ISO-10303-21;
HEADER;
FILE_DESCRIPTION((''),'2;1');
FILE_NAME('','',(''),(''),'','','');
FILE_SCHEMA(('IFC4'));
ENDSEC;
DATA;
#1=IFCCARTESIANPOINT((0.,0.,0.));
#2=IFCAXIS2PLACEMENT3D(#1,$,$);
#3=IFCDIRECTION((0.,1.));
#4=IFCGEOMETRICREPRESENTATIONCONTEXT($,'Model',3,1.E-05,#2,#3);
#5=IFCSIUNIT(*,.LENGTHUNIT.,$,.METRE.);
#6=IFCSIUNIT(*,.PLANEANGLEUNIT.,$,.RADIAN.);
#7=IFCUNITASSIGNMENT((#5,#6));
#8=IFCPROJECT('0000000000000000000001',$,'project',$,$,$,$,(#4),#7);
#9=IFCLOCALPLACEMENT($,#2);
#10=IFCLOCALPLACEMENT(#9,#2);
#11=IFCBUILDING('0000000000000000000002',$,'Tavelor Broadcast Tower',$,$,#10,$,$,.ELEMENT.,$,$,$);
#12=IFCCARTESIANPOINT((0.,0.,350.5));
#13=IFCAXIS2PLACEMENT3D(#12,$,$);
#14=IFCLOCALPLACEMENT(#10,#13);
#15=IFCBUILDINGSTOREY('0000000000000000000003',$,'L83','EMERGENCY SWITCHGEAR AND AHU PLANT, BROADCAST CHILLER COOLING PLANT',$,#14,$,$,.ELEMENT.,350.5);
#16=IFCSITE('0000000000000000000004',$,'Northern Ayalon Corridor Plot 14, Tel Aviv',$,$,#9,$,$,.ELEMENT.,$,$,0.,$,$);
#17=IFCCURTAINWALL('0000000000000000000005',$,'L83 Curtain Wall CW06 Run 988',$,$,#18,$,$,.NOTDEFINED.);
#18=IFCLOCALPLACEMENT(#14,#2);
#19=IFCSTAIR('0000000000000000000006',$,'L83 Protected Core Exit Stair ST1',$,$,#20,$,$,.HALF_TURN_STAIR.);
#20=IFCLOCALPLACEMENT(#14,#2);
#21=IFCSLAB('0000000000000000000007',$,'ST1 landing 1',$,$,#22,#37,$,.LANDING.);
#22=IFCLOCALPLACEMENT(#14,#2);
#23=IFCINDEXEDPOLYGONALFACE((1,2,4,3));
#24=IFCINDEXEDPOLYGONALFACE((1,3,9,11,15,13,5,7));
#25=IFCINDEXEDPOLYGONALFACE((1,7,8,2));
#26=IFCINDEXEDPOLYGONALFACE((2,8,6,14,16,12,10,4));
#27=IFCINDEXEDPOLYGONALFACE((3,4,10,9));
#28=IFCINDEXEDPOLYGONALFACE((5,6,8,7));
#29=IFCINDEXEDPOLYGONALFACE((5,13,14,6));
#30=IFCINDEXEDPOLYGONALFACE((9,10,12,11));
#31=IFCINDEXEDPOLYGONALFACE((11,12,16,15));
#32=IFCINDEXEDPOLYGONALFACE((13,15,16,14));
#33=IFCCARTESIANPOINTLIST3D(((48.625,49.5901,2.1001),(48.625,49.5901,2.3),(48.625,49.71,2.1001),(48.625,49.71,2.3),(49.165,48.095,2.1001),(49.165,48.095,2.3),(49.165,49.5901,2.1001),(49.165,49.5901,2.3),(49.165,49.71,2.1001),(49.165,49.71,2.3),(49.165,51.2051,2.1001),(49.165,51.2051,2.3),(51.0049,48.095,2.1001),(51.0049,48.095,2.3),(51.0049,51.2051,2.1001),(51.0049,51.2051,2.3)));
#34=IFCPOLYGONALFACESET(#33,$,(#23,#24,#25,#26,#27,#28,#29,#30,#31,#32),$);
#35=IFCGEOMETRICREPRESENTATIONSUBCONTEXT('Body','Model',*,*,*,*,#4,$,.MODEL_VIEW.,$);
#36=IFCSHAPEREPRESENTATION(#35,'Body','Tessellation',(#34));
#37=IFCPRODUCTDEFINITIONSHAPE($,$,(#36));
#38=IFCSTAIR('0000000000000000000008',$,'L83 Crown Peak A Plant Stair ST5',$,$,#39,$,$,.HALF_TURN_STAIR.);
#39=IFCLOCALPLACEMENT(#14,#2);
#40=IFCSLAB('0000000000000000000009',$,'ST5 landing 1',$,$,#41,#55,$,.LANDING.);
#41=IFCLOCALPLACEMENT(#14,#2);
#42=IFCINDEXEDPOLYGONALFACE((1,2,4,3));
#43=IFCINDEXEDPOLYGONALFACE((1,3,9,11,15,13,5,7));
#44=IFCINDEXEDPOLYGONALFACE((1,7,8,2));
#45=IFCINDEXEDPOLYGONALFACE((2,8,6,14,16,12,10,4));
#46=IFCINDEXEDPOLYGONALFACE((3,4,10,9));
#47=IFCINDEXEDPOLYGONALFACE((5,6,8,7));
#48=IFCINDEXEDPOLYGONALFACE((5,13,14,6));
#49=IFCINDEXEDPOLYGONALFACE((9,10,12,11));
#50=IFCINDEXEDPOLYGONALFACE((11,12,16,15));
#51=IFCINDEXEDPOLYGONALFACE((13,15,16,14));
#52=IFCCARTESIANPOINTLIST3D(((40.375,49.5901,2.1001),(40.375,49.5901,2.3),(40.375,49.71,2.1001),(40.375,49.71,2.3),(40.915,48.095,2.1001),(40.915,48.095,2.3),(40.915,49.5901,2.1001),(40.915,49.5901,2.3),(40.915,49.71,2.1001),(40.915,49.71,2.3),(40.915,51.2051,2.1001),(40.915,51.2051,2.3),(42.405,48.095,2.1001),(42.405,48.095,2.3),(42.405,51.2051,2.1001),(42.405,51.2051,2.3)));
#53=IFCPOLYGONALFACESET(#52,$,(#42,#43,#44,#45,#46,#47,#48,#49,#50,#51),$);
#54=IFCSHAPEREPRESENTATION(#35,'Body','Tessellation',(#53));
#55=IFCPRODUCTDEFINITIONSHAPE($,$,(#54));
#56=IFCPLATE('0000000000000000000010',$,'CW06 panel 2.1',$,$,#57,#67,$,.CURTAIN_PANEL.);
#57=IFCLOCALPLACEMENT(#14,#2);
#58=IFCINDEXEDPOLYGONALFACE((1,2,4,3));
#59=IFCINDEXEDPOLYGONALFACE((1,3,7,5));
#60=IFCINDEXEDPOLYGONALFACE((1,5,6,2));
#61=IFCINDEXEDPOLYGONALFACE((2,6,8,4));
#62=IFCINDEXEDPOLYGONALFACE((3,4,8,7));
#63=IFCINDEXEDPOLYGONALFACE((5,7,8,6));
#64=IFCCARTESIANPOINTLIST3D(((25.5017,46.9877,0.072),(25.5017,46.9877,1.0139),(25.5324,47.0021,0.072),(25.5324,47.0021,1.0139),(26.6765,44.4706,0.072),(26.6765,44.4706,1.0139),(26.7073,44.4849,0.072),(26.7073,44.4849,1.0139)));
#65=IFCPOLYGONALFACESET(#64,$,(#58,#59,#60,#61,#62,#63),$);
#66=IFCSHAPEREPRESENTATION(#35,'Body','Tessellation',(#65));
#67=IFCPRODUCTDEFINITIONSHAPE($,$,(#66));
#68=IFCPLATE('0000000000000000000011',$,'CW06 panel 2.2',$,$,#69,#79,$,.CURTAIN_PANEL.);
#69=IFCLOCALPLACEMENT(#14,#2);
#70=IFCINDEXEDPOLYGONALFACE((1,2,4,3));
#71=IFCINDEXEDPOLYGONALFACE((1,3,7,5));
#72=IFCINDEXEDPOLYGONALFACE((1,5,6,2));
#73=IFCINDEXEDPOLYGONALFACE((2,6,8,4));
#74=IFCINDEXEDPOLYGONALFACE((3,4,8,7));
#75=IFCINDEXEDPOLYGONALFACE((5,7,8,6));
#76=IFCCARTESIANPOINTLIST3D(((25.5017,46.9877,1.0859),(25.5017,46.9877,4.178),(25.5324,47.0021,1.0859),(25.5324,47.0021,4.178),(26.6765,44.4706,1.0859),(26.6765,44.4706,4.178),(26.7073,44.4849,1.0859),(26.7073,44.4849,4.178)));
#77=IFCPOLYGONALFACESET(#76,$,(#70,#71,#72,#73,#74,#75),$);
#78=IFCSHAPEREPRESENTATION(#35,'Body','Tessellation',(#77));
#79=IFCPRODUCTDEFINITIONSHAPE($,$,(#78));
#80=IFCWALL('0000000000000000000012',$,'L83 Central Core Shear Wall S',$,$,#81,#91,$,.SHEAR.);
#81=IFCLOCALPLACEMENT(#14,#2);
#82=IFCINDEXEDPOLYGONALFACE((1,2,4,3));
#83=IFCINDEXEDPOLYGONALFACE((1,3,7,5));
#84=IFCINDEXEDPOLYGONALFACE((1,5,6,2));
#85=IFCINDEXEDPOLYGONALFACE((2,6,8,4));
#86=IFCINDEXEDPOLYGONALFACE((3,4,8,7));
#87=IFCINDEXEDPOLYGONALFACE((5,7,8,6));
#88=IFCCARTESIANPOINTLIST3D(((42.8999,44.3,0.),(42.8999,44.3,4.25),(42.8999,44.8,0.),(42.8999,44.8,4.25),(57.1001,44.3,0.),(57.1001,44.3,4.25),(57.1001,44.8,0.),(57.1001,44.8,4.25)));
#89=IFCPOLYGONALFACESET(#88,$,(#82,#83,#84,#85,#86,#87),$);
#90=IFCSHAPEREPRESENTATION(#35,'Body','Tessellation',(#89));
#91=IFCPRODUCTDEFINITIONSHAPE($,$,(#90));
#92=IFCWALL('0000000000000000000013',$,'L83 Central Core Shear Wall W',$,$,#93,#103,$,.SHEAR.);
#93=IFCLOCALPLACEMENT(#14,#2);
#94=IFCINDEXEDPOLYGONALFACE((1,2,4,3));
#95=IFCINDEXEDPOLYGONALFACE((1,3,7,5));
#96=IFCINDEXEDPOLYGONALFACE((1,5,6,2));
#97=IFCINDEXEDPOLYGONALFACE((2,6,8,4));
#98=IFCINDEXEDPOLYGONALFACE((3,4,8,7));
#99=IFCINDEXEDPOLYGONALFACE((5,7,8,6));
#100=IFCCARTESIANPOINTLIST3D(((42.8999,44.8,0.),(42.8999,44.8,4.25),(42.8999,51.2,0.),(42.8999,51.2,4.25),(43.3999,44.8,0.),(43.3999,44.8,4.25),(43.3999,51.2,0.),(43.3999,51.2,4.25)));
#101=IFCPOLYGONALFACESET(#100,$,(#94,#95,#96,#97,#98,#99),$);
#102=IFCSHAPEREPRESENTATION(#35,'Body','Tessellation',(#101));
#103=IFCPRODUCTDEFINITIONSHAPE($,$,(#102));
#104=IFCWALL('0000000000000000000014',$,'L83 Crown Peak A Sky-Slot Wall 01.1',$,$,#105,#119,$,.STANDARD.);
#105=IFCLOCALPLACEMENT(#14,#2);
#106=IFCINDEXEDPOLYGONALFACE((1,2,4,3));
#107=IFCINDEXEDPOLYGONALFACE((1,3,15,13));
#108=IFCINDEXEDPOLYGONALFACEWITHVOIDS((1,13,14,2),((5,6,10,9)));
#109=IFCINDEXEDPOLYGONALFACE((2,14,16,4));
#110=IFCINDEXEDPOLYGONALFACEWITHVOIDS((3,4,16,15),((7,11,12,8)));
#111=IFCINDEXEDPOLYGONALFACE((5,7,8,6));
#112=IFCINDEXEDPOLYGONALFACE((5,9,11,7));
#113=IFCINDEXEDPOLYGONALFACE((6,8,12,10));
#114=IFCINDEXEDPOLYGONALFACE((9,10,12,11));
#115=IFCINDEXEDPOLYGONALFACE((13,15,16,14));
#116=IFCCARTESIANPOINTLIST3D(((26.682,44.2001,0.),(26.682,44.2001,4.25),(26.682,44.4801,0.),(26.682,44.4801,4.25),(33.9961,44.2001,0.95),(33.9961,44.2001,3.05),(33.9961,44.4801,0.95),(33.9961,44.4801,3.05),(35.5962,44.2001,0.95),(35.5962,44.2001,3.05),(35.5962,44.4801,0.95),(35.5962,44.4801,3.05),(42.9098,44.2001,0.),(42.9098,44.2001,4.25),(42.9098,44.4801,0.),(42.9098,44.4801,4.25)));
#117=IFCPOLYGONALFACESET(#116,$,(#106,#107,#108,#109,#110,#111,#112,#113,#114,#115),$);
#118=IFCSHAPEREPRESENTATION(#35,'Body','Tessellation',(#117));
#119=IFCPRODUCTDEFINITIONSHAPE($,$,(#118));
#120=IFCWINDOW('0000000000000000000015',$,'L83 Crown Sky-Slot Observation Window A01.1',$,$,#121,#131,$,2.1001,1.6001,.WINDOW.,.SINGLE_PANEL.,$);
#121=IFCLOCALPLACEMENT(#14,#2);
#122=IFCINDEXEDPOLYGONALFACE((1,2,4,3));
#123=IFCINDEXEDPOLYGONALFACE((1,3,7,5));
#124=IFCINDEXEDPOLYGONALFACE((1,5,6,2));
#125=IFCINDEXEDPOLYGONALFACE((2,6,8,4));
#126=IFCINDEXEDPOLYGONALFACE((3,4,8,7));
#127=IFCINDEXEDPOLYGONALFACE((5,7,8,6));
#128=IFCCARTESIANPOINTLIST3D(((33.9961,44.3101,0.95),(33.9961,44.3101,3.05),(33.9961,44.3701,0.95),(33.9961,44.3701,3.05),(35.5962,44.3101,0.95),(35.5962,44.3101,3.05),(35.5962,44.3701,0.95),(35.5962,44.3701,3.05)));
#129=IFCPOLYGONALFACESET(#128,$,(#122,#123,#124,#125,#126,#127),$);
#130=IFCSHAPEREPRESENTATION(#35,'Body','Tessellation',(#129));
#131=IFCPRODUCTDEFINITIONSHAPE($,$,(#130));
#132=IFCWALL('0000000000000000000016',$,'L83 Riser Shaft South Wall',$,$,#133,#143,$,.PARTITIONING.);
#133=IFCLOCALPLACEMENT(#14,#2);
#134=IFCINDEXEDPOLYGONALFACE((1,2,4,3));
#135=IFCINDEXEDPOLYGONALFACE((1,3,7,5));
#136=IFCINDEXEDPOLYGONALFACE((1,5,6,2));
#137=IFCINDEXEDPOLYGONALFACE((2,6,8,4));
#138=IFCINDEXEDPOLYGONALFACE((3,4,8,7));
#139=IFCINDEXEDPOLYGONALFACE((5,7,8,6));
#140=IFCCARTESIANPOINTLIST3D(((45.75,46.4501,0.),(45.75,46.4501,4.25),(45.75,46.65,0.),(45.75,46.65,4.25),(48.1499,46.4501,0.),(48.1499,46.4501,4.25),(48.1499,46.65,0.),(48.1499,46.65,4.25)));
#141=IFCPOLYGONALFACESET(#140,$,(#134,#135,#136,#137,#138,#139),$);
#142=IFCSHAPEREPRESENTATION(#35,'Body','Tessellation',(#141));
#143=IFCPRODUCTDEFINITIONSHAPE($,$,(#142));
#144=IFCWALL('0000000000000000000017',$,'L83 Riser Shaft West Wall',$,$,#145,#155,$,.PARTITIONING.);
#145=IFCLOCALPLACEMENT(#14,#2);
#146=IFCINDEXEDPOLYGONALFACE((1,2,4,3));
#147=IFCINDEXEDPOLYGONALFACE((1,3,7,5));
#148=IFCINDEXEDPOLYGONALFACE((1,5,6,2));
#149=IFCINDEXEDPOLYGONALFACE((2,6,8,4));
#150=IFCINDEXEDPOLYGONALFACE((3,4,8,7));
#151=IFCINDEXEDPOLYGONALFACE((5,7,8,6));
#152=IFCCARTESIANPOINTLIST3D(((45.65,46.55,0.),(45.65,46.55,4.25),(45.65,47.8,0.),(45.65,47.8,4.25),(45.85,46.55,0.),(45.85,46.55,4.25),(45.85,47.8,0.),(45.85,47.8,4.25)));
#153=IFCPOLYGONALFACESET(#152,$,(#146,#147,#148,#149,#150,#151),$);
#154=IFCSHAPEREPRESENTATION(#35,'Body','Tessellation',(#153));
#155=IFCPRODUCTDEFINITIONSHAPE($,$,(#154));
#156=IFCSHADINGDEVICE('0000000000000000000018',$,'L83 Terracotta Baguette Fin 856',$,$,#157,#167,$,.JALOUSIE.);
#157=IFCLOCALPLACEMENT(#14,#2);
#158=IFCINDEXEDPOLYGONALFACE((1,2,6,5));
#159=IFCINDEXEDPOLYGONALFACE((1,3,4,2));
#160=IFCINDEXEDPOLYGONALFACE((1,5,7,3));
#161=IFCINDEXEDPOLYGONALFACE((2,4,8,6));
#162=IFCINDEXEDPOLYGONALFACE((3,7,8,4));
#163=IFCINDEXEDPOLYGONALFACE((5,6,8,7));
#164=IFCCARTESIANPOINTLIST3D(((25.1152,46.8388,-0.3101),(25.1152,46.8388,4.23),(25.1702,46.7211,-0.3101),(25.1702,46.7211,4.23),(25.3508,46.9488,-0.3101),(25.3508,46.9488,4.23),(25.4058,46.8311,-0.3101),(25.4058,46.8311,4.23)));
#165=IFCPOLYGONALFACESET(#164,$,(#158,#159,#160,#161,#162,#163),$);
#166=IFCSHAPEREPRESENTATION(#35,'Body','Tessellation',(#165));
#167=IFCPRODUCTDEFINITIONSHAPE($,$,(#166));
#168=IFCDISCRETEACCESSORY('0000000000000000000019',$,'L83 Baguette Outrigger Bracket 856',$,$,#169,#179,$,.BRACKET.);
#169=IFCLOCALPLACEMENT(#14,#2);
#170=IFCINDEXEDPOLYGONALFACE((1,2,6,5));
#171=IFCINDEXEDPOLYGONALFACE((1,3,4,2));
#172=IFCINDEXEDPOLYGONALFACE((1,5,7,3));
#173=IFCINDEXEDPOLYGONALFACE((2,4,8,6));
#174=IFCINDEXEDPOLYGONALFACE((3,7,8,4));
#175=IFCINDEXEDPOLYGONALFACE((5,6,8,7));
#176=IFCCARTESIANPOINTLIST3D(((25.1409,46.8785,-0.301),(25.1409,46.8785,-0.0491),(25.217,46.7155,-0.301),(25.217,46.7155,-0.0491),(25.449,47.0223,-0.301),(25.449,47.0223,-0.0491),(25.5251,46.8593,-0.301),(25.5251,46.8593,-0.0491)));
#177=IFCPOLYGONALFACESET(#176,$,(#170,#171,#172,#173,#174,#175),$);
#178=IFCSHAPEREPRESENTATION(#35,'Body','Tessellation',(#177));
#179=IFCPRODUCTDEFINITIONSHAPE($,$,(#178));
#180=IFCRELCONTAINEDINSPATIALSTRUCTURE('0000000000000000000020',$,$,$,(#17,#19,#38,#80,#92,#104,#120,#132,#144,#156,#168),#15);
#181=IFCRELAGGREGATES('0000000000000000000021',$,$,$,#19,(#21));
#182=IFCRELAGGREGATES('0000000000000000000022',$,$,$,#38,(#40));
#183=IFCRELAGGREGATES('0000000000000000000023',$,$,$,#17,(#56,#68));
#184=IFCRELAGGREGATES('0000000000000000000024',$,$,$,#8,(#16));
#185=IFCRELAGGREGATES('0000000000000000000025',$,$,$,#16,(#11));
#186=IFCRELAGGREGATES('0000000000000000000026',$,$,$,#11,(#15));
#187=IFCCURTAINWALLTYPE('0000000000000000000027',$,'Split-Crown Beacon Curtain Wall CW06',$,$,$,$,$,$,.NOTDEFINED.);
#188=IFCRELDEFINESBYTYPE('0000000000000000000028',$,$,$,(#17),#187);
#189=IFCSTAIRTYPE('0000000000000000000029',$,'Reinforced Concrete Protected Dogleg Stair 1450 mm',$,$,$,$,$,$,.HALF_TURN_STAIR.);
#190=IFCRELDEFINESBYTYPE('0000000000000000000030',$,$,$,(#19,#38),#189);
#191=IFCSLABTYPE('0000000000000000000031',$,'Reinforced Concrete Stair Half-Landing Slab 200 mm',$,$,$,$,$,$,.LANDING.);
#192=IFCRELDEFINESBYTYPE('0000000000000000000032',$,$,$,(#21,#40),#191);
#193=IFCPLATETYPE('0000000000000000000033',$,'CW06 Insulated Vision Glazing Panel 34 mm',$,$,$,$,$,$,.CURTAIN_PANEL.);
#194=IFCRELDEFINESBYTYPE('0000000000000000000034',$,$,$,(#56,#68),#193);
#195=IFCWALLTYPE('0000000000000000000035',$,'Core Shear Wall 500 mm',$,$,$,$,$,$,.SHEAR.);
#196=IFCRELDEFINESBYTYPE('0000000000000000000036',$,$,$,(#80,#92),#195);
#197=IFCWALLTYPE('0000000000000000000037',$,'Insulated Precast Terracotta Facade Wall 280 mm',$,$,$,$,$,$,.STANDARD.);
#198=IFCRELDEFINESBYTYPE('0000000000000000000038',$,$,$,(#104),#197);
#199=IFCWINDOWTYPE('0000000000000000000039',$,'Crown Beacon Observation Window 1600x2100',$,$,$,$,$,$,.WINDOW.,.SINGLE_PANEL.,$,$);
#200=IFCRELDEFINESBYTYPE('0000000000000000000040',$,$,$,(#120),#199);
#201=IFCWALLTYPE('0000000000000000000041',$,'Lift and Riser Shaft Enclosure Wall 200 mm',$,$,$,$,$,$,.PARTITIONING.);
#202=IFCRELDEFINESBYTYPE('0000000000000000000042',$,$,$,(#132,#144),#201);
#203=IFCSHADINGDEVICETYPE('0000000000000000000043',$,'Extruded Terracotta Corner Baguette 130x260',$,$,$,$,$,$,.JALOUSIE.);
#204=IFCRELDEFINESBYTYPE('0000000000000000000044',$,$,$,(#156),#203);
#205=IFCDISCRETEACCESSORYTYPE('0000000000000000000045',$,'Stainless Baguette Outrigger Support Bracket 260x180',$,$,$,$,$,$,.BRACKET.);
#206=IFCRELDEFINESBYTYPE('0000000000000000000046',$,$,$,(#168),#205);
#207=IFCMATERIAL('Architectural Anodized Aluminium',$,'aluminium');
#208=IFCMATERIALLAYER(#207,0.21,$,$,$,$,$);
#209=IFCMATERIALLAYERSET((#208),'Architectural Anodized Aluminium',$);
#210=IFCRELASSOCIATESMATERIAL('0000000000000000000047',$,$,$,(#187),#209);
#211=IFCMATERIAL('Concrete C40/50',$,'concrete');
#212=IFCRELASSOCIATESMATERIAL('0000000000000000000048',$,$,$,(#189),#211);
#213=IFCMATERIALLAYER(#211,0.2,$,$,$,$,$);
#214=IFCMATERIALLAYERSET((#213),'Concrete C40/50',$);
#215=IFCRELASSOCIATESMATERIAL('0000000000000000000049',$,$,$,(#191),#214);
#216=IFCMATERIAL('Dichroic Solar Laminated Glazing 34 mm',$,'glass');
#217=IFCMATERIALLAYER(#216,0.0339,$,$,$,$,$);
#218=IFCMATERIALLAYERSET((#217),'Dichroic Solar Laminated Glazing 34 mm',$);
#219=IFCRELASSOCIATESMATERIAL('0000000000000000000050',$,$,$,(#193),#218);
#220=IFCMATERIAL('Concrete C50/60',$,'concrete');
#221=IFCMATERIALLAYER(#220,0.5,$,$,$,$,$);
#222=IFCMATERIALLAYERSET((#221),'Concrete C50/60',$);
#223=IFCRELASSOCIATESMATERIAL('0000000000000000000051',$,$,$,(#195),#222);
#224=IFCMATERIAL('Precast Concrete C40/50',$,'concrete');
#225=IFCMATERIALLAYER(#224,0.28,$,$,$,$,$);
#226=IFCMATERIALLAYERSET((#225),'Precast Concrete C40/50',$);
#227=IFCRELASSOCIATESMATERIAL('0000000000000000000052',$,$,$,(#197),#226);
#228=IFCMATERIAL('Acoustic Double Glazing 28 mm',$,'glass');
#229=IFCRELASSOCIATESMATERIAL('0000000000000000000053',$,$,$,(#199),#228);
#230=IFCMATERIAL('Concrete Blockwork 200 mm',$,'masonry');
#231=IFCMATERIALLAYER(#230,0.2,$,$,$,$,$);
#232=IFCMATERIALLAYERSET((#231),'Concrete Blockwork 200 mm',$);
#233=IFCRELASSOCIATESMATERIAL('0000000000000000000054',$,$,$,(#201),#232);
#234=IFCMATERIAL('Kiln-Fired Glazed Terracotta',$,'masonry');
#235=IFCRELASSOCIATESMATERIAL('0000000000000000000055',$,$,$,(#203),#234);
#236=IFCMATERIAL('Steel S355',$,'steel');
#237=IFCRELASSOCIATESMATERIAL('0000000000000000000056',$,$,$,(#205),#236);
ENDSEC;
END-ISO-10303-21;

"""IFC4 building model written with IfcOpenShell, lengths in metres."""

from ifc_helpers import new_model, si_unit, direction, frame, frame_2d, origin, origin_2d, place, context, subcontext, project, spatial, polyline, rectangle, outline, extrude, source, transform, mapped, material, layer, layer_set, type_object, type_shapes, element, fill, aggregate, save


model = new_model("IFC4")

# Units and contexts
model_context = context("Model", 3, precision=1e-05, world=origin(), true_north=direction((0.0, 1.0)))
body_context = subcontext(model_context, "Body", "Model", "MODEL_VIEW")
ifc_project = project(units=[si_unit("LENGTHUNIT", "METRE"), si_unit("PLANEANGLEUNIT", "RADIAN")], contexts=[model_context])

# Site, building, storey
site_placement = place(None, origin())
site = spatial("IfcSite", under=ifc_project, at=site_placement, Name="Northern Ayalon Corridor Plot 14, Tel Aviv", CompositionType="ELEMENT", RefElevation=0.0)
building_placement = place(site_placement, origin())
building = spatial("IfcBuilding", under=site, at=building_placement, Name="Tavelor Broadcast Tower", CompositionType="ELEMENT")
storey_placement = place(building_placement, frame((0.0, 0.0, 350.5)))
storey = spatial("IfcBuildingStorey", under=building, at=storey_placement, Name="L83", Description="EMERGENCY SWITCHGEAR AND AHU PLANT, BROADCAST CHILLER COOLING PLANT", CompositionType="ELEMENT", Elevation=350.5)

# Shared definitions
ifc_material_1 = material(Name="Concrete C50/60", Category="concrete")

# Shared definitions
ifc_material_2 = material(Name="Concrete C40/50", Category="concrete")

# Curtain wall
ifc_material_3 = material(Name="Architectural Anodized Aluminium", Category="aluminium")
ifc_layer_1 = layer(ifc_material_3, 0.21)
ifc_layer_set_1 = layer_set([ifc_layer_1], Name="Architectural Anodized Aluminium")
curtain_wall_type = type_object("IfcCurtainWallType", Name="Split-Crown Beacon Curtain Wall CW06", PredefinedType="NOTDEFINED", material=ifc_layer_set_1)
curtain_wall_placement = place(storey_placement, origin())
curtain_wall = element("IfcCurtainWall", 1, at=curtain_wall_placement, inside=storey, type_object=curtain_wall_type, Name="L83 Curtain Wall CW06 Run 988", PredefinedType="NOTDEFINED")

# Stairs, slabs
stair_type = type_object("IfcStairType", Name="Reinforced Concrete Protected Dogleg Stair 1450 mm", PredefinedType="HALF_TURN_STAIR", material=ifc_material_2)
stair_1_placement = place(storey_placement, origin())
stair_1 = element("IfcStair", 2, at=stair_1_placement, inside=storey, type_object=stair_type, Name="L83 Protected Core Exit Stair ST1", PredefinedType="HALF_TURN_STAIR")
ifc_layer_2 = layer(ifc_material_2, 0.2)
ifc_layer_set_2 = layer_set([ifc_layer_2], Name="Concrete C40/50")
slab_type_1 = type_object("IfcSlabType", Name="Reinforced Concrete Stair Half-Landing Slab 200 mm", PredefinedType="LANDING", material=ifc_layer_set_2)
slab_1_placement = place(storey_placement, frame((0.0, 0.0, 2.1001)))
slab_1 = element("IfcSlab", 3, at=slab_1_placement, type_object=slab_type_1, Name="ST1 landing 1", PredefinedType="LANDING", context=body_context, shape_type="SweptSolid", body=[
    extrude(outline(polyline([(49.165, 49.5901), (49.165, 48.095), (51.0049, 48.095), (51.0049, 51.2051), (49.165, 51.2051), (49.165, 49.71), (48.625, 49.71), (48.625, 49.5901), (49.165, 49.5901)])), origin(), (0.0, 0.0, 1.0), 0.2),
])
aggregate(stair_1, [slab_1])
stair_2_placement = place(storey_placement, origin())
stair_2 = element("IfcStair", 4, at=stair_2_placement, inside=storey, type_object=stair_type, Name="L83 Crown Peak A Plant Stair ST5", PredefinedType="HALF_TURN_STAIR")
slab_2_placement = place(storey_placement, frame((0.0, 0.0, 2.1001)))
slab_2 = element("IfcSlab", 5, at=slab_2_placement, type_object=slab_type_1, Name="ST5 landing 1", PredefinedType="LANDING", context=body_context, shape_type="SweptSolid", body=[
    extrude(outline(polyline([(40.915, 49.5901), (40.915, 48.095), (42.405, 48.095), (42.405, 51.2051), (40.915, 51.2051), (40.915, 49.71), (40.375, 49.71), (40.375, 49.5901), (40.915, 49.5901)])), origin(), (0.0, 0.0, 1.0), 0.2),
])
aggregate(stair_2, [slab_2])

# Plates
ifc_material_4 = material(Name="Dichroic Solar Laminated Glazing 34 mm", Category="glass")
ifc_layer_3 = layer(ifc_material_4, 0.0339)
ifc_layer_set_3 = layer_set([ifc_layer_3], Name="Dichroic Solar Laminated Glazing 34 mm")
plate_type = type_object("IfcPlateType", Name="CW06 Insulated Vision Glazing Panel 34 mm", PredefinedType="CURTAIN_PANEL", material=ifc_layer_set_3)
shared_shape_1 = source(origin(), body_context, "Body", "SweptSolid", [
    extrude(rectangle(XDim=2.7778, YDim=0.0339, at=origin_2d()), origin(), (0.0, 0.0, 1.0), 0.9419),
])
plate_1_placement = place(storey_placement, frame((26.1045, 45.7363, 0.072), z_axis=(0.0, 0.0, 1.0), x_axis=(0.422934, -0.906161, 0.0)))
plate_1 = element("IfcPlate", 6, at=plate_1_placement, type_object=plate_type, Name="CW06 panel 2.1", PredefinedType="CURTAIN_PANEL", context=body_context, shape_type="MappedRepresentation", body=[
    mapped(shared_shape_1, transform((0.0, 0.0, 0.0), scale=1.0)),
])
shared_shape_2 = source(origin(), body_context, "Body", "SweptSolid", [
    extrude(rectangle(XDim=2.7778, YDim=0.0339, at=origin_2d()), origin(), (0.0, 0.0, 1.0), 3.092),
])
type_shapes(plate_type, [shared_shape_1, shared_shape_2])
plate_2_placement = place(storey_placement, frame((26.1045, 45.7363, 1.0859), z_axis=(0.0, 0.0, 1.0), x_axis=(0.422934, -0.906161, 0.0)))
plate_2 = element("IfcPlate", 7, at=plate_2_placement, type_object=plate_type, Name="CW06 panel 2.2", PredefinedType="CURTAIN_PANEL", context=body_context, shape_type="MappedRepresentation", body=[
    mapped(shared_shape_2, transform((0.0, 0.0, 0.0), scale=1.0)),
])
aggregate(curtain_wall, [plate_1, plate_2])

# Walls
ifc_layer_4 = layer(ifc_material_1, 0.5)
ifc_layer_set_4 = layer_set([ifc_layer_4], Name="Concrete C50/60")
wall_type_1 = type_object("IfcWallType", Name="Core Shear Wall 500 mm", PredefinedType="SHEAR", material=ifc_layer_set_4)
wall_1_placement = place(storey_placement, frame((42.8999, 44.55, 0.0), z_axis=(0.0, 0.0, 1.0), x_axis=(1.0, 0.0, 0.0)))
element("IfcWall", 8, at=wall_1_placement, inside=storey, type_object=wall_type_1, Name="L83 Central Core Shear Wall S", PredefinedType="SHEAR", context=body_context, shape_type="SweptSolid", body=[
    extrude(rectangle(XDim=14.2002, YDim=0.5, at=frame_2d((7.1001, 0.0))), origin(), (0.0, 0.0, 1.0), 4.25),
])
wall_2_placement = place(storey_placement, frame((43.1499, 44.8, 0.0), z_axis=(0.0, 0.0, 1.0), x_axis=(0.0, 1.0, 0.0)))
element("IfcWall", 9, at=wall_2_placement, inside=storey, type_object=wall_type_1, Name="L83 Central Core Shear Wall W", PredefinedType="SHEAR", context=body_context, shape_type="SweptSolid", body=[
    extrude(rectangle(XDim=6.3999, YDim=0.5, at=frame_2d((3.2, 0.0))), origin(), (0.0, 0.0, 1.0), 4.25),
])

# Wall, opening, window
ifc_material_5 = material(Name="Precast Concrete C40/50", Category="concrete")
ifc_layer_5 = layer(ifc_material_5, 0.28)
ifc_layer_set_5 = layer_set([ifc_layer_5], Name="Precast Concrete C40/50")
wall_type_2 = type_object("IfcWallType", Name="Insulated Precast Terracotta Facade Wall 280 mm", PredefinedType="STANDARD", material=ifc_layer_set_5)
wall_3_placement = place(storey_placement, frame((26.6821, 44.3401, 0.0), z_axis=(0.0, 0.0, 1.0), x_axis=(1.0, 0.0, 0.0)))
wall_3 = element("IfcWall", 10, at=wall_3_placement, inside=storey, type_object=wall_type_2, Name="L83 Crown Peak A Sky-Slot Wall 01.1", PredefinedType="STANDARD", context=body_context, shape_type="SweptSolid", body=[
    extrude(rectangle(XDim=16.2278, YDim=0.28, at=frame_2d((8.1138, 0.0))), origin(), (0.0, 0.0, 1.0), 4.25),
])
opening_placement = place(wall_3_placement, frame((7.314, 0.0, 0.95)))
opening = element("IfcOpeningElement", 11, at=opening_placement, cuts=wall_3, PredefinedType="OPENING", context=body_context, shape_type="SweptSolid", body=[
    extrude(rectangle(XDim=1.6001, YDim=2.1001, at=frame_2d((0.8, 1.05))), frame((0.0, 0.1499, 0.0), z_axis=(0.0, -1.0, 0.0), x_axis=(1.0, 0.0, 0.0)), (0.0, 0.0, 1.0), 0.3),
])
ifc_material_6 = material(Name="Acoustic Double Glazing 28 mm", Category="glass")
window_type = type_object("IfcWindowType", Name="Crown Beacon Observation Window 1600x2100", PartitioningType="SINGLE_PANEL", PredefinedType="WINDOW", material=ifc_material_6)
window_placement = place(opening_placement, origin())
window = element("IfcWindow", 12, at=window_placement, inside=storey, type_object=window_type, Name="L83 Crown Sky-Slot Observation Window A01.1", OverallHeight=2.1001, OverallWidth=1.6001, PartitioningType="SINGLE_PANEL", PredefinedType="WINDOW", context=body_context, shape_type="SweptSolid", body=[
    extrude(rectangle(XDim=1.6001, YDim=2.1001, at=frame_2d((0.8, 1.05))), frame((0.0, 0.03, 0.0), z_axis=(0.0, -1.0, 0.0), x_axis=(1.0, 0.0, 0.0)), (0.0, 0.0, 1.0), 0.0601),
])
fill(opening, window)

# Walls
ifc_material_7 = material(Name="Concrete Blockwork 200 mm", Category="masonry")
ifc_layer_6 = layer(ifc_material_7, 0.2)
ifc_layer_set_6 = layer_set([ifc_layer_6], Name="Concrete Blockwork 200 mm")
wall_type_3 = type_object("IfcWallType", Name="Lift and Riser Shaft Enclosure Wall 200 mm", PredefinedType="PARTITIONING", material=ifc_layer_set_6)
wall_4_placement = place(storey_placement, frame((45.75, 46.55, 0.0), z_axis=(0.0, 0.0, 1.0), x_axis=(1.0, 0.0, 0.0)))
element("IfcWall", 13, at=wall_4_placement, inside=storey, type_object=wall_type_3, Name="L83 Riser Shaft South Wall", PredefinedType="PARTITIONING", context=body_context, shape_type="SweptSolid", body=[
    extrude(rectangle(XDim=2.3999, YDim=0.2, at=frame_2d((1.2, 0.0))), origin(), (0.0, 0.0, 1.0), 4.25),
])
wall_5_placement = place(storey_placement, frame((45.75, 46.55, 0.0), z_axis=(0.0, 0.0, 1.0), x_axis=(0.0, 1.0, 0.0)))
element("IfcWall", 14, at=wall_5_placement, inside=storey, type_object=wall_type_3, Name="L83 Riser Shaft West Wall", PredefinedType="PARTITIONING", context=body_context, shape_type="SweptSolid", body=[
    extrude(rectangle(XDim=1.25, YDim=0.2, at=frame_2d((0.625, 0.0))), origin(), (0.0, 0.0, 1.0), 4.25),
])

# Shading device
ifc_material_8 = material(Name="Kiln-Fired Glazed Terracotta", Category="masonry")
shading_device_type = type_object("IfcShadingDeviceType", Name="Extruded Terracotta Corner Baguette 130x260", PredefinedType="JALOUSIE", material=ifc_material_8)
shared_shape_3 = source(origin(), body_context, "Body", "SweptSolid", [
    extrude(rectangle(XDim=0.1299, YDim=0.26, at=origin_2d()), origin(), (0.0, 0.0, 1.0), 4.54),
])
type_shapes(shading_device_type, [shared_shape_3])
shading_device_placement = place(storey_placement, frame((25.2605, 46.835, -0.3101), z_axis=(0.0, 0.0, 1.0), x_axis=(0.422935, -0.90616, 0.0)))
element("IfcShadingDevice", 15, at=shading_device_placement, inside=storey, type_object=shading_device_type, Name="L83 Terracotta Baguette Fin 856", PredefinedType="JALOUSIE", context=body_context, shape_type="MappedRepresentation", body=[
    mapped(shared_shape_3, transform((0.0, 0.0, 0.0), scale=1.0)),
])

# Discrete accessory
ifc_material_9 = material(Name="Steel S355", Category="steel")
discrete_accessory_type = type_object("IfcDiscreteAccessoryType", Name="Stainless Baguette Outrigger Support Bracket 260x180", PredefinedType="BRACKET", material=ifc_material_9)
shared_shape_4 = source(origin(), body_context, "Body", "SweptSolid", [
    extrude(rectangle(XDim=0.1799, YDim=0.3401, at=origin_2d()), origin(), (0.0, 0.0, 1.0), 0.252),
])
type_shapes(discrete_accessory_type, [shared_shape_4])
discrete_accessory_placement = place(storey_placement, frame((25.333, 46.8689, -0.301), z_axis=(0.0, 0.0, 1.0), x_axis=(0.422935, -0.90616, 0.0)))
element("IfcDiscreteAccessory", 16, at=discrete_accessory_placement, inside=storey, type_object=discrete_accessory_type, Name="L83 Baguette Outrigger Bracket 856", PredefinedType="BRACKET", context=body_context, shape_type="MappedRepresentation", body=[
    mapped(shared_shape_4, transform((0.0, 0.0, 0.0), scale=1.0)),
])

save(model, "model.ifc")
